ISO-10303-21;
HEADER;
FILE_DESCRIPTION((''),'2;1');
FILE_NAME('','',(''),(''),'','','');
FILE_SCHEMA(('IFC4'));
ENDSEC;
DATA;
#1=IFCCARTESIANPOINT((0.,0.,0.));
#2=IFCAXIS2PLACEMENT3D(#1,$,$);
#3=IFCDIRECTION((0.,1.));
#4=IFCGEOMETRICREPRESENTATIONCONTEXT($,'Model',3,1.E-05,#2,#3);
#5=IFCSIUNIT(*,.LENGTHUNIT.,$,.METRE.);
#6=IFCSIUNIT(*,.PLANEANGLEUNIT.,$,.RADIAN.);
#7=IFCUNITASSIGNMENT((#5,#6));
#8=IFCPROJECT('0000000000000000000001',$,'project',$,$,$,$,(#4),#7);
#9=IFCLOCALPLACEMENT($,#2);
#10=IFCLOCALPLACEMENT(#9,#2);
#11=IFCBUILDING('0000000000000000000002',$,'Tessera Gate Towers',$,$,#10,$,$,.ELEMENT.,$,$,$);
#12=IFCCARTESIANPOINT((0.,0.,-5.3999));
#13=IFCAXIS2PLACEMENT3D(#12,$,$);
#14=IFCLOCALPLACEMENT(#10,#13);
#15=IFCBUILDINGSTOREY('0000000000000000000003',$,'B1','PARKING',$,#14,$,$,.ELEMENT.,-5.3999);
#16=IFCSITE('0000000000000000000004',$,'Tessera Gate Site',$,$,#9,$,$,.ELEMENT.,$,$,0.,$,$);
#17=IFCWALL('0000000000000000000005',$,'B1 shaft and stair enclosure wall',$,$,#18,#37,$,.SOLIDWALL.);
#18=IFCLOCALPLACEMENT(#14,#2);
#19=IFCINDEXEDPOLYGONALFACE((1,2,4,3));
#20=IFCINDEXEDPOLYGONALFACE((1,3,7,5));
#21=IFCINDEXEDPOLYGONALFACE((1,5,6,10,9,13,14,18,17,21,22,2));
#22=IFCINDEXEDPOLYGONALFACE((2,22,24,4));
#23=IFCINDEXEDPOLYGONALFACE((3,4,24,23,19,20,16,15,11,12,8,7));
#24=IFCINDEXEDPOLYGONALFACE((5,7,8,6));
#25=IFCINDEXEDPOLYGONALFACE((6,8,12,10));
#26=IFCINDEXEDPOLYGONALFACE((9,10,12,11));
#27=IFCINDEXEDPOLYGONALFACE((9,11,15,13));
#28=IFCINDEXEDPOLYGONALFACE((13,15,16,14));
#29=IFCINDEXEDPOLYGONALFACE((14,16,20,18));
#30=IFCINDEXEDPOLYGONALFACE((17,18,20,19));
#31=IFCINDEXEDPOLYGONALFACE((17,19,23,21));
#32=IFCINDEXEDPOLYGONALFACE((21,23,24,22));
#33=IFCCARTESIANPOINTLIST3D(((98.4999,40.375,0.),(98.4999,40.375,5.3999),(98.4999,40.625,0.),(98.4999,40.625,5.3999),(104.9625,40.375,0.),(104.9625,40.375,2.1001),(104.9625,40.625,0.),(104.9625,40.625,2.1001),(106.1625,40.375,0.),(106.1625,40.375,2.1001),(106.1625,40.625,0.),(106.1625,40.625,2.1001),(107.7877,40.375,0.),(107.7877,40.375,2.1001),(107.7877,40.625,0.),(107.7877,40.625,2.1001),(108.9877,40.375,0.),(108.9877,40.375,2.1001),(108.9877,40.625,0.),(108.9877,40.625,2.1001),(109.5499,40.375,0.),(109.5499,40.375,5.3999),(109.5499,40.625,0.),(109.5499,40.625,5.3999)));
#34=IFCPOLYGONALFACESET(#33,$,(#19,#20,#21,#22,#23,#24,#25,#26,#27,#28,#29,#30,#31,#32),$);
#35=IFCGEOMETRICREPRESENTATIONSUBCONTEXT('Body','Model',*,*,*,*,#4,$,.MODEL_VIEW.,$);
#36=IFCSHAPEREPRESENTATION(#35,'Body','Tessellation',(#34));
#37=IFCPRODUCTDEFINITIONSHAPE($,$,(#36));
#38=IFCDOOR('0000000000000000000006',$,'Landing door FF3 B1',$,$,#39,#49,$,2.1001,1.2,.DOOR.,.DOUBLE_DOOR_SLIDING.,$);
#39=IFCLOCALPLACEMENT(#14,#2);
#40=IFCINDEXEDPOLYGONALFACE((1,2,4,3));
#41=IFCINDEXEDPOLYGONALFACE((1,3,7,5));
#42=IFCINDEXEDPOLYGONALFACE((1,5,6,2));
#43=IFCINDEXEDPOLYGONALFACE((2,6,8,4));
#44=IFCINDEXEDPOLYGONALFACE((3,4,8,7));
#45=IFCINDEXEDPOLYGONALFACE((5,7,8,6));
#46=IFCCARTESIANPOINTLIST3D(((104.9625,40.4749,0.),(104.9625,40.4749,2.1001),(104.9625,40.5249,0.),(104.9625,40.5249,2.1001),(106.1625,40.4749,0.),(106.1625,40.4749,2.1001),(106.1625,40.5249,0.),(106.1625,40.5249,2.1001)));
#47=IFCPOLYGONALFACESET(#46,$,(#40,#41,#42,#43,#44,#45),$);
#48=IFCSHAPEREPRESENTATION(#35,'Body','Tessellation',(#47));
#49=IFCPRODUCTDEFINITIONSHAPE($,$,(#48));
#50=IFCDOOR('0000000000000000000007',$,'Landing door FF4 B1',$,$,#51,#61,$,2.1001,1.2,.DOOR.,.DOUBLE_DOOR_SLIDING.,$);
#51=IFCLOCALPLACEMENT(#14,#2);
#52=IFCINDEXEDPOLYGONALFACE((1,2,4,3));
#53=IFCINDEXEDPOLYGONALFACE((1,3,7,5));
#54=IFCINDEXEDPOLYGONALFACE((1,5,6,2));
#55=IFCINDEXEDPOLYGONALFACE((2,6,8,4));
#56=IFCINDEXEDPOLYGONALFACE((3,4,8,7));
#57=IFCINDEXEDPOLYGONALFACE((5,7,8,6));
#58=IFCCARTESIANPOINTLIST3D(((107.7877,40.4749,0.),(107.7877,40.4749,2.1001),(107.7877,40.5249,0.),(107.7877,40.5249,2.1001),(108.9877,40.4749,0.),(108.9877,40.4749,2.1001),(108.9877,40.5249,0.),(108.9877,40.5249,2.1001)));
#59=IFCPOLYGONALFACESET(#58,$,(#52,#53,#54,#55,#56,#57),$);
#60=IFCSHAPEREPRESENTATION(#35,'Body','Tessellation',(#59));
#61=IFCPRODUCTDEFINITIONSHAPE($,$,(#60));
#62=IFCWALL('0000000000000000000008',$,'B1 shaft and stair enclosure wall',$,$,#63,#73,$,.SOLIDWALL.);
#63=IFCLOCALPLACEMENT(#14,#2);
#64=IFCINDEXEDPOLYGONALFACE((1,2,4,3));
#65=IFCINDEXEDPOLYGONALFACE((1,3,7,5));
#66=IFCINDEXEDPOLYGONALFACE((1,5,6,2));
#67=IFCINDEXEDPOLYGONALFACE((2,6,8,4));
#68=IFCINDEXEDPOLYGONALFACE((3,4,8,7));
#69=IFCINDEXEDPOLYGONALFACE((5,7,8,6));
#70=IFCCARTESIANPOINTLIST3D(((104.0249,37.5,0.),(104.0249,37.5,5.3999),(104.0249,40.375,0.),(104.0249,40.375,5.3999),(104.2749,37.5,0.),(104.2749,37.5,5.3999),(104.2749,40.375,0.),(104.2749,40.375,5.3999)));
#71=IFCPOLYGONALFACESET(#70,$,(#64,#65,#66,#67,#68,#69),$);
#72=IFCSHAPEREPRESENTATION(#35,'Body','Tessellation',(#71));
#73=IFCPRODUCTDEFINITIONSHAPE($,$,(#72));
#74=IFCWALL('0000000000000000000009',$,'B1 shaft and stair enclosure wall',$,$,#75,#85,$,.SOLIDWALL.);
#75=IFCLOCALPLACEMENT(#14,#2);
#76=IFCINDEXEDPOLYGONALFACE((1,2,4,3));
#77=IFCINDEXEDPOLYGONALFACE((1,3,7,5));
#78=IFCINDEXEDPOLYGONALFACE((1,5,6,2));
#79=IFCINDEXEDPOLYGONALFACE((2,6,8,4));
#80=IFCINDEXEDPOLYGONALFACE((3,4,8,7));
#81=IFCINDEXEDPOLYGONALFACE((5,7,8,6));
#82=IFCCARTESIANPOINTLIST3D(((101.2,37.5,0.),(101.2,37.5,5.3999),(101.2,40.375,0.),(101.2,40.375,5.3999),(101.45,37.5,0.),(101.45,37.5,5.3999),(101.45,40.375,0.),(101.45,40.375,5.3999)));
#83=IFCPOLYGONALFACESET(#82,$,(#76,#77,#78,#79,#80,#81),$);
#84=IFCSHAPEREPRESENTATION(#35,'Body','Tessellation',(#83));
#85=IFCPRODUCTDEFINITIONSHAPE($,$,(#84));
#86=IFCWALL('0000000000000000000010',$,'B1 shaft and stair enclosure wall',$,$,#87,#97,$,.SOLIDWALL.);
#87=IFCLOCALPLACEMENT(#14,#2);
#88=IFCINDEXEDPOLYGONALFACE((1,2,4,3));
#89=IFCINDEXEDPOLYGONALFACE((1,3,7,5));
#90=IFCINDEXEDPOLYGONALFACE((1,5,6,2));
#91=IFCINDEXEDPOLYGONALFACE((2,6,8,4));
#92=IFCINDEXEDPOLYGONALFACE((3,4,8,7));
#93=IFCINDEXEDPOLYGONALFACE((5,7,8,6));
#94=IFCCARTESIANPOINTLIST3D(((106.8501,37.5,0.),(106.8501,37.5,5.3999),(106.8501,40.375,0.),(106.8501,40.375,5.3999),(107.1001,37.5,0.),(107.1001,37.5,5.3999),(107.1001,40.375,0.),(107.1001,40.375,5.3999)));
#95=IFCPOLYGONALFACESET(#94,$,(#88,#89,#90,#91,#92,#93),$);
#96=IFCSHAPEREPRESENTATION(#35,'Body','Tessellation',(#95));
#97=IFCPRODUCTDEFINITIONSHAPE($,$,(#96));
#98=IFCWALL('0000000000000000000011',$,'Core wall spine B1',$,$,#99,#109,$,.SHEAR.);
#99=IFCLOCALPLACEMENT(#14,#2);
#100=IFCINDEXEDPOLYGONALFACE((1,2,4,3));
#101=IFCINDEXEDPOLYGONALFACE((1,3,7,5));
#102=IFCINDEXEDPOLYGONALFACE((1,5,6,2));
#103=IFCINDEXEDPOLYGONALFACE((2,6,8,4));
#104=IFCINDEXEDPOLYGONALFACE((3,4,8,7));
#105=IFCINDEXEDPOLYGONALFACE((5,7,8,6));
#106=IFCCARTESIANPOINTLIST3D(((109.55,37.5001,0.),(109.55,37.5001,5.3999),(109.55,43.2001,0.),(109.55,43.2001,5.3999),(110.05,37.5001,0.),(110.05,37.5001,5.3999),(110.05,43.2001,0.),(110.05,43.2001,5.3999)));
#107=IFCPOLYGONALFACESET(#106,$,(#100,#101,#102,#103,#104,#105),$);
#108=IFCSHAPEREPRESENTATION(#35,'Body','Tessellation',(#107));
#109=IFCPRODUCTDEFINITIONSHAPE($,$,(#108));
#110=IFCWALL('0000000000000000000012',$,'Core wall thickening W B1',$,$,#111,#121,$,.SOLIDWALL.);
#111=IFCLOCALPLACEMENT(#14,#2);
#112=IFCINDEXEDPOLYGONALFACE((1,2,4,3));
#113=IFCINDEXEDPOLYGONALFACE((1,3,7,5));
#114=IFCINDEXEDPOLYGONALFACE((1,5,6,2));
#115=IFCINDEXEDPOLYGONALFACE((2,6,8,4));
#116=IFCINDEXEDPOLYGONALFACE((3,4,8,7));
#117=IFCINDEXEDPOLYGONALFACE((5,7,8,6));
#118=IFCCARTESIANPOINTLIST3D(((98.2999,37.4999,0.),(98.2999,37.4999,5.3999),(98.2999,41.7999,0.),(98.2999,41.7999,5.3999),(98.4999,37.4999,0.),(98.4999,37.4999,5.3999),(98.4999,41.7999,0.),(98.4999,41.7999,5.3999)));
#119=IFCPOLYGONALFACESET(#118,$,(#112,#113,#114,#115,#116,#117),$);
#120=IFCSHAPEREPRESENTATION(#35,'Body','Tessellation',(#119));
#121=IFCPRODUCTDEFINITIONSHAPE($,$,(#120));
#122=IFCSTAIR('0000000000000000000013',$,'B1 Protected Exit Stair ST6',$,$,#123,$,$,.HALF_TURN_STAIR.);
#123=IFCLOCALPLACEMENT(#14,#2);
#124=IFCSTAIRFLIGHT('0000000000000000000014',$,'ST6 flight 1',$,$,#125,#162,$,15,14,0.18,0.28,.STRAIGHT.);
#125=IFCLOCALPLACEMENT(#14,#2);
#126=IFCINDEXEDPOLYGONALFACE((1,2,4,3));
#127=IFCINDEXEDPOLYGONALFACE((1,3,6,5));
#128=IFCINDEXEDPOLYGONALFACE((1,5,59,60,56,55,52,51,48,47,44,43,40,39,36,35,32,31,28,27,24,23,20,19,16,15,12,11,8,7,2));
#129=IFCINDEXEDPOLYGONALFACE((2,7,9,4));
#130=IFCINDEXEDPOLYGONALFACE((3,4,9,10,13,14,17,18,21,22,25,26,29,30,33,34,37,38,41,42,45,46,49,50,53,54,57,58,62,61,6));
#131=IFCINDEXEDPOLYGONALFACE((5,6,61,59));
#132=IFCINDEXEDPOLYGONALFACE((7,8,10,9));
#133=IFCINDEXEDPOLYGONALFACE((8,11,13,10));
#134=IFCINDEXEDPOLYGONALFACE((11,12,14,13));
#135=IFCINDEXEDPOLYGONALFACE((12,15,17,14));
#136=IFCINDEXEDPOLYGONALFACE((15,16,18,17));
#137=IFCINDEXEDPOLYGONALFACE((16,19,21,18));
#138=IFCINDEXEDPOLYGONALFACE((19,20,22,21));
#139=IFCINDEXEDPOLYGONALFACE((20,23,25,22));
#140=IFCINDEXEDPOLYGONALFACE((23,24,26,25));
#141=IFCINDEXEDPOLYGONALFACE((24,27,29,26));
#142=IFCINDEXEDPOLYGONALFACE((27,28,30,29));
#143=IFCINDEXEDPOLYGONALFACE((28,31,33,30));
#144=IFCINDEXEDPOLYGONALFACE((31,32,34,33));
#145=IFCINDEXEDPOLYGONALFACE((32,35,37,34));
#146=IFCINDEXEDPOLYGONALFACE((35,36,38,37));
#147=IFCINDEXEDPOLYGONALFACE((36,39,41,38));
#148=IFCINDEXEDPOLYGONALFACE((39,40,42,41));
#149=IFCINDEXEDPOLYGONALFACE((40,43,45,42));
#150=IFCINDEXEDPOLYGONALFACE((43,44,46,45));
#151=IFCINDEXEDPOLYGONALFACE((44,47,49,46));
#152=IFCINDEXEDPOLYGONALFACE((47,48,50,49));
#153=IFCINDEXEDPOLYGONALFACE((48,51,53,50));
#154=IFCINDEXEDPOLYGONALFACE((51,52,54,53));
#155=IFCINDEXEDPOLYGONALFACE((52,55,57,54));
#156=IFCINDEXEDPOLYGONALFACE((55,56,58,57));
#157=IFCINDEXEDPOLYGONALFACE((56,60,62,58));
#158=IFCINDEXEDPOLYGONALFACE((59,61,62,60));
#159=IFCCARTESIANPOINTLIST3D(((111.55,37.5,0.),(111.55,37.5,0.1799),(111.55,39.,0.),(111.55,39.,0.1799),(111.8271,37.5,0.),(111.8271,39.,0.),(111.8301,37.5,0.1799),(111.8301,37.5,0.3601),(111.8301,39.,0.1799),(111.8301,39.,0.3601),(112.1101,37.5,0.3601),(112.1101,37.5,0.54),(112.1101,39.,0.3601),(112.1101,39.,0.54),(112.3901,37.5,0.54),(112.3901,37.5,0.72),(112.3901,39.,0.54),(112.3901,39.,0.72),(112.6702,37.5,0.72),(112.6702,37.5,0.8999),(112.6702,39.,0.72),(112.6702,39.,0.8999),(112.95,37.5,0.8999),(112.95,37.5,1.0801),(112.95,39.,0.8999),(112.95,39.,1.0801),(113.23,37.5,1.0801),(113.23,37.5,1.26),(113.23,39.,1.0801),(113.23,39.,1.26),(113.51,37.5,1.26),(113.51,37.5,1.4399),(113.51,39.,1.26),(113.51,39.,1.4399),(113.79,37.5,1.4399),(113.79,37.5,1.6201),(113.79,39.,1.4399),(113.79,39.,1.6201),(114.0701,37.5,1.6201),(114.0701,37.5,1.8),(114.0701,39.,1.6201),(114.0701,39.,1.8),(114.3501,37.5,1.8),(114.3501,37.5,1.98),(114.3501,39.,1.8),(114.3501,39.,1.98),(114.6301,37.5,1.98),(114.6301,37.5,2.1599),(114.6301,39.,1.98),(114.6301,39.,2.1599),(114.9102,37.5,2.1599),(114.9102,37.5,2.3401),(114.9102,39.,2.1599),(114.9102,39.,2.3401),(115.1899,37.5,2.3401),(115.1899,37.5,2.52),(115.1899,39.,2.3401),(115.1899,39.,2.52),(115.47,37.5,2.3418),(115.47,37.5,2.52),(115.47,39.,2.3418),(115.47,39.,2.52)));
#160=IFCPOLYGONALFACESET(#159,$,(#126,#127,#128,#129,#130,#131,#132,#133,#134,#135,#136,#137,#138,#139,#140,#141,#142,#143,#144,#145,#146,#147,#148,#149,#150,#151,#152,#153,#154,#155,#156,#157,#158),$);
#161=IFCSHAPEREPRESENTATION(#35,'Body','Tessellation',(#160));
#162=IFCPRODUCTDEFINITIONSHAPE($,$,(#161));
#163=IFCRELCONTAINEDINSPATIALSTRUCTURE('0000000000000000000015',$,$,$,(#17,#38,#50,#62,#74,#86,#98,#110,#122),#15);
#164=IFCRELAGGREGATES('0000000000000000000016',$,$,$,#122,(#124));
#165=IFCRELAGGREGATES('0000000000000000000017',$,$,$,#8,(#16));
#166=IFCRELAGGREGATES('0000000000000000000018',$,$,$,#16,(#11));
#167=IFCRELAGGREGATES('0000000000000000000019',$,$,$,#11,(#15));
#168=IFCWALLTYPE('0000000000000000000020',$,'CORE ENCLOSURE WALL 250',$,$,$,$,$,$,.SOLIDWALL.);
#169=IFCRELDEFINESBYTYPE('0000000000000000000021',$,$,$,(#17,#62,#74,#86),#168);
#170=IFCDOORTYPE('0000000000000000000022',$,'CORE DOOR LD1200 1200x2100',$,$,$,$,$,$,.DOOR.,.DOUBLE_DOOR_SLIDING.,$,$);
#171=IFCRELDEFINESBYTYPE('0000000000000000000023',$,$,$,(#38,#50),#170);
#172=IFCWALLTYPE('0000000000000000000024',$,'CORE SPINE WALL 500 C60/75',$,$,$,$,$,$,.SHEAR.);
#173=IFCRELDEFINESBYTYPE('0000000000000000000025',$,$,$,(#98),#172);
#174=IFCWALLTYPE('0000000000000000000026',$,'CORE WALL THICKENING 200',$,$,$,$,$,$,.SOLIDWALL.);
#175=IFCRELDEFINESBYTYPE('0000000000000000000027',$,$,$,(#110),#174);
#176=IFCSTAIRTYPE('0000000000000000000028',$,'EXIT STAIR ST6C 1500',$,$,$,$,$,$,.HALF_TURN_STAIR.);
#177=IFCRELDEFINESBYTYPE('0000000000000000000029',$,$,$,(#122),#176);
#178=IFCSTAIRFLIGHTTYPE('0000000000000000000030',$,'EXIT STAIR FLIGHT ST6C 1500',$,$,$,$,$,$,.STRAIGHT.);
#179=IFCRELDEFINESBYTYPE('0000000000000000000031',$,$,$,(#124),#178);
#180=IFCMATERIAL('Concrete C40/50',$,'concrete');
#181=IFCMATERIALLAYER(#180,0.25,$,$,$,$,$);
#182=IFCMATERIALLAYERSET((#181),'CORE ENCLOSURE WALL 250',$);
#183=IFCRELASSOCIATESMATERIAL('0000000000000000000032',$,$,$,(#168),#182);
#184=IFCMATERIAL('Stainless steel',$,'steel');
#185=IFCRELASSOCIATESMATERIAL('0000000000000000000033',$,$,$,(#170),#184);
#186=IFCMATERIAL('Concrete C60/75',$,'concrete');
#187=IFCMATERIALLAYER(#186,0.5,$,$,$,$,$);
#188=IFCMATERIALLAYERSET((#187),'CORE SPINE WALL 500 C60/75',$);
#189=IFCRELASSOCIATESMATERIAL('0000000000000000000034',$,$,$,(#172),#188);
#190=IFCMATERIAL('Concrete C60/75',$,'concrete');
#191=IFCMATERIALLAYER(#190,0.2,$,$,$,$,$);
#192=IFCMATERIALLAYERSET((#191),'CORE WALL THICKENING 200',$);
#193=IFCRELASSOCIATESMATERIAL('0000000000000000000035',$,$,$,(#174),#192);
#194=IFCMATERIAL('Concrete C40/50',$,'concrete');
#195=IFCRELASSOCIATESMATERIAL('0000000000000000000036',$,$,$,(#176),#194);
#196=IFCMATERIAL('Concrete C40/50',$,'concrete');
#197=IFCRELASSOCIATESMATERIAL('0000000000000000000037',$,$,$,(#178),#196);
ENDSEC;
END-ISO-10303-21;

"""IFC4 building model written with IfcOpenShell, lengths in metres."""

from ifc_helpers import new_model, si_unit, direction, frame, frame_2d, origin, place, context, subcontext, project, spatial, polyline, rectangle, outline, extrude, source, transform, mapped, material, layer, layer_set, type_object, element, fill, aggregate, save


model = new_model("IFC4")

# Units and contexts
model_context = context("Model", 3, precision=1e-05, world=origin(), true_north=direction((0.0, 1.0)))
body_context = subcontext(model_context, "Body", "Model", "MODEL_VIEW")
ifc_project = project(units=[si_unit("LENGTHUNIT", "METRE"), si_unit("PLANEANGLEUNIT", "RADIAN")], contexts=[model_context])

# Site, building, storey
site_placement = place(None, origin())
site = spatial("IfcSite", under=ifc_project, at=site_placement, Name="Tessera Gate Site", CompositionType="ELEMENT", RefElevation=0.0)
building_placement = place(site_placement, origin())
building = spatial("IfcBuilding", under=site, at=building_placement, Name="Tessera Gate Towers", CompositionType="ELEMENT")
storey_placement = place(building_placement, frame((0.0, 0.0, -5.3999)))
storey = spatial("IfcBuildingStorey", under=building, at=storey_placement, Name="B1", Description="PARKING", CompositionType="ELEMENT", Elevation=-5.3999)

# Wall, openings, doors
ifc_material_1 = material(Name="Concrete C40/50", Category="concrete")
ifc_layer_1 = layer(ifc_material_1, 0.25)
ifc_layer_set_1 = layer_set([ifc_layer_1], Name="CORE ENCLOSURE WALL 250")
wall_type_1 = type_object("IfcWallType", Name="CORE ENCLOSURE WALL 250", PredefinedType="SOLIDWALL", material=ifc_layer_set_1)
wall_1_placement = place(storey_placement, frame((98.5, 40.5, 0.0), z_axis=(0.0, 0.0, 1.0), x_axis=(1.0, 0.0, 0.0)))
wall_1 = element("IfcWall", 1, at=wall_1_placement, inside=storey, type_object=wall_type_1, Name="B1 shaft and stair enclosure wall", PredefinedType="SOLIDWALL", context=body_context, shape_type="SweptSolid", body=[
    extrude(rectangle(XDim=11.05, YDim=0.25, at=frame_2d((5.5249, 0.0))), origin(), (0.0, 0.0, 1.0), 5.3999),
])
shared_shape_1 = source(origin(), body_context, "Body", "SweptSolid", [
    extrude(rectangle(XDim=1.2, YDim=2.1001, at=frame_2d((0.6001, 1.05))), frame((0.0, 0.135, 0.0), z_axis=(0.0, -1.0, 0.0), x_axis=(1.0, 0.0, 0.0)), (0.0, 0.0, 1.0), 0.27),
])
opening_1_placement = place(wall_1_placement, frame((6.4624, 0.0, 0.0)))
opening_1 = element("IfcOpeningElement", 2, at=opening_1_placement, cuts=wall_1, PredefinedType="OPENING", context=body_context, shape_type="MappedRepresentation", body=[
    mapped(shared_shape_1, transform((0.0, 0.0, 0.0), scale=1.0)),
])
opening_2_placement = place(wall_1_placement, frame((9.2876, 0.0, 0.0)))
opening_2 = element("IfcOpeningElement", 3, at=opening_2_placement, cuts=wall_1, PredefinedType="OPENING", context=body_context, shape_type="MappedRepresentation", body=[
    mapped(shared_shape_1, transform((0.0, 0.0, 0.0), scale=1.0)),
])
ifc_material_2 = material(Name="Stainless steel", Category="steel")
door_type = type_object("IfcDoorType", Name="CORE DOOR LD1200 1200x2100", OperationType="DOUBLE_DOOR_SLIDING", PredefinedType="DOOR", material=ifc_material_2)
shared_shape_2 = source(origin(), body_context, "Body", "SweptSolid", [
    extrude(rectangle(XDim=1.2, YDim=2.1001, at=frame_2d((0.6001, 1.05))), frame((0.0, 0.0249, 0.0), z_axis=(0.0, -1.0, 0.0), x_axis=(1.0, 0.0, 0.0)), (0.0, 0.0, 1.0), 0.05),
])
door_1_placement = place(opening_1_placement, origin())
door_1 = element("IfcDoor", 4, at=door_1_placement, inside=storey, type_object=door_type, Name="Landing door FF3 B1", OperationType="DOUBLE_DOOR_SLIDING", OverallHeight=2.1001, OverallWidth=1.2, PredefinedType="DOOR", context=body_context, shape_type="MappedRepresentation", body=[
    mapped(shared_shape_2, transform((0.0, 0.0, 0.0), scale=1.0)),
])
fill(opening_1, door_1)
door_2_placement = place(opening_2_placement, origin())
door_2 = element("IfcDoor", 5, at=door_2_placement, inside=storey, type_object=door_type, Name="Landing door FF4 B1", OperationType="DOUBLE_DOOR_SLIDING", OverallHeight=2.1001, OverallWidth=1.2, PredefinedType="DOOR", context=body_context, shape_type="MappedRepresentation", body=[
    mapped(shared_shape_2, transform((0.0, 0.0, 0.0), scale=1.0)),
])
fill(opening_2, door_2)

# Walls
for number, where, z_axis, x_axis, name in (
    (6, (104.1499, 37.5, 0.0), (0.0, 0.0, 1.0), (0.0, 1.0, 0.0), "B1 shaft and stair enclosure wall"),
    (7, (101.325, 37.5, 0.0), (0.0, 0.0, 1.0), (0.0, 1.0, 0.0), "B1 shaft and stair enclosure wall"),
    (8, (106.9751, 37.5, 0.0), (0.0, 0.0, 1.0), (0.0, 1.0, 0.0), "B1 shaft and stair enclosure wall"),
):
    element("IfcWall", number, at=place(storey_placement, frame(where, z_axis=z_axis, x_axis=x_axis)), inside=storey, type_object=wall_type_1, Name=name, PredefinedType="SOLIDWALL", context=body_context, shape_type="SweptSolid", body=[
        extrude(rectangle(XDim=2.875, YDim=0.25, at=frame_2d((1.4375, 0.0))), origin(), (0.0, 0.0, 1.0), 5.3999),
    ])
ifc_material_3 = material(Name="Concrete C60/75", Category="concrete")
ifc_layer_2 = layer(ifc_material_3, 0.5)
ifc_layer_set_2 = layer_set([ifc_layer_2], Name="CORE SPINE WALL 500 C60/75")
wall_type_2 = type_object("IfcWallType", Name="CORE SPINE WALL 500 C60/75", PredefinedType="SHEAR", material=ifc_layer_set_2)
wall_2_placement = place(storey_placement, frame((109.8, 37.5, 0.0), z_axis=(0.0, 0.0, 1.0), x_axis=(0.0, 1.0, 0.0)))
element("IfcWall", 9, at=wall_2_placement, inside=storey, type_object=wall_type_2, Name="Core wall spine B1", PredefinedType="SHEAR", context=body_context, shape_type="SweptSolid", body=[
    extrude(rectangle(XDim=5.7, YDim=0.5, at=frame_2d((2.8501, 0.0))), origin(), (0.0, 0.0, 1.0), 5.3999),
])
ifc_material_4 = material(Name="Concrete C60/75", Category="concrete")
ifc_layer_3 = layer(ifc_material_4, 0.2)
ifc_layer_set_3 = layer_set([ifc_layer_3], Name="CORE WALL THICKENING 200")
wall_type_3 = type_object("IfcWallType", Name="CORE WALL THICKENING 200", PredefinedType="SOLIDWALL", material=ifc_layer_set_3)
wall_3_placement = place(storey_placement, frame((98.3999, 37.5, 0.0), z_axis=(0.0, 0.0, 1.0), x_axis=(0.0, 1.0, 0.0)))
element("IfcWall", 10, at=wall_3_placement, inside=storey, type_object=wall_type_3, Name="Core wall thickening W B1", PredefinedType="SOLIDWALL", context=body_context, shape_type="SweptSolid", body=[
    extrude(rectangle(XDim=4.3, YDim=0.2, at=frame_2d((2.1499, 0.0))), origin(), (0.0, 0.0, 1.0), 5.3999),
])

# Stair, stair flight
ifc_material_5 = material(Name="Concrete C40/50", Category="concrete")
stair_type = type_object("IfcStairType", Name="EXIT STAIR ST6C 1500", PredefinedType="HALF_TURN_STAIR", material=ifc_material_5)
stair_placement = place(storey_placement, origin())
stair = element("IfcStair", 11, at=stair_placement, inside=storey, type_object=stair_type, Name="B1 Protected Exit Stair ST6", PredefinedType="HALF_TURN_STAIR")
ifc_material_6 = material(Name="Concrete C40/50", Category="concrete")
stair_flight_type = type_object("IfcStairFlightType", Name="EXIT STAIR FLIGHT ST6C 1500", PredefinedType="STRAIGHT", material=ifc_material_6)
stair_flight_1_placement = place(storey_placement, frame((111.55, 38.25, 0.0), z_axis=(0.0, 0.0, 1.0), x_axis=(1.0, 0.0, 0.0)))
stair_flight_1 = element("IfcStairFlight", 12, at=stair_flight_1_placement, type_object=stair_flight_type, Name="ST6 flight 1", NumberOfRisers=15, NumberOfTreads=14, PredefinedType="STRAIGHT", RiserHeight=0.18, TreadLength=0.28, context=body_context, shape_type="SweptSolid", body=[
    extrude(outline(polyline([(0.0, 0.0), (0.0, 0.1799), (0.28, 0.1799), (0.28, 0.3601), (0.5601, 0.3601), (0.5601, 0.54), (0.8401, 0.54), (0.8401, 0.72), (1.1201, 0.72), (1.1201, 0.8999), (1.3999, 0.8999), (1.3999, 1.0801), (1.6799, 1.0801), (1.6799, 1.26), (1.96, 1.26), (1.96, 1.4399), (2.24, 1.4399), (2.24, 1.6201), (2.52, 1.6201), (2.52, 1.8), (2.8, 1.8), (2.8, 1.98), (3.0801, 1.98), (3.0801, 2.1599), (3.3601, 2.1599), (3.3601, 2.3401), (3.6399, 2.3401), (3.6399, 2.52), (3.9199, 2.52), (3.9199, 2.7), (3.9199, 2.3418), (0.2771, 0.0), (0.0, 0.0)])), frame((0.0, 0.75, 0.0), z_axis=(0.0, -1.0, 0.0), x_axis=(1.0, 0.0, 0.0)), (0.0, 0.0, 1.0), 1.5),
])
aggregate(stair, [stair_flight_1])

save(model, "model.ifc")
